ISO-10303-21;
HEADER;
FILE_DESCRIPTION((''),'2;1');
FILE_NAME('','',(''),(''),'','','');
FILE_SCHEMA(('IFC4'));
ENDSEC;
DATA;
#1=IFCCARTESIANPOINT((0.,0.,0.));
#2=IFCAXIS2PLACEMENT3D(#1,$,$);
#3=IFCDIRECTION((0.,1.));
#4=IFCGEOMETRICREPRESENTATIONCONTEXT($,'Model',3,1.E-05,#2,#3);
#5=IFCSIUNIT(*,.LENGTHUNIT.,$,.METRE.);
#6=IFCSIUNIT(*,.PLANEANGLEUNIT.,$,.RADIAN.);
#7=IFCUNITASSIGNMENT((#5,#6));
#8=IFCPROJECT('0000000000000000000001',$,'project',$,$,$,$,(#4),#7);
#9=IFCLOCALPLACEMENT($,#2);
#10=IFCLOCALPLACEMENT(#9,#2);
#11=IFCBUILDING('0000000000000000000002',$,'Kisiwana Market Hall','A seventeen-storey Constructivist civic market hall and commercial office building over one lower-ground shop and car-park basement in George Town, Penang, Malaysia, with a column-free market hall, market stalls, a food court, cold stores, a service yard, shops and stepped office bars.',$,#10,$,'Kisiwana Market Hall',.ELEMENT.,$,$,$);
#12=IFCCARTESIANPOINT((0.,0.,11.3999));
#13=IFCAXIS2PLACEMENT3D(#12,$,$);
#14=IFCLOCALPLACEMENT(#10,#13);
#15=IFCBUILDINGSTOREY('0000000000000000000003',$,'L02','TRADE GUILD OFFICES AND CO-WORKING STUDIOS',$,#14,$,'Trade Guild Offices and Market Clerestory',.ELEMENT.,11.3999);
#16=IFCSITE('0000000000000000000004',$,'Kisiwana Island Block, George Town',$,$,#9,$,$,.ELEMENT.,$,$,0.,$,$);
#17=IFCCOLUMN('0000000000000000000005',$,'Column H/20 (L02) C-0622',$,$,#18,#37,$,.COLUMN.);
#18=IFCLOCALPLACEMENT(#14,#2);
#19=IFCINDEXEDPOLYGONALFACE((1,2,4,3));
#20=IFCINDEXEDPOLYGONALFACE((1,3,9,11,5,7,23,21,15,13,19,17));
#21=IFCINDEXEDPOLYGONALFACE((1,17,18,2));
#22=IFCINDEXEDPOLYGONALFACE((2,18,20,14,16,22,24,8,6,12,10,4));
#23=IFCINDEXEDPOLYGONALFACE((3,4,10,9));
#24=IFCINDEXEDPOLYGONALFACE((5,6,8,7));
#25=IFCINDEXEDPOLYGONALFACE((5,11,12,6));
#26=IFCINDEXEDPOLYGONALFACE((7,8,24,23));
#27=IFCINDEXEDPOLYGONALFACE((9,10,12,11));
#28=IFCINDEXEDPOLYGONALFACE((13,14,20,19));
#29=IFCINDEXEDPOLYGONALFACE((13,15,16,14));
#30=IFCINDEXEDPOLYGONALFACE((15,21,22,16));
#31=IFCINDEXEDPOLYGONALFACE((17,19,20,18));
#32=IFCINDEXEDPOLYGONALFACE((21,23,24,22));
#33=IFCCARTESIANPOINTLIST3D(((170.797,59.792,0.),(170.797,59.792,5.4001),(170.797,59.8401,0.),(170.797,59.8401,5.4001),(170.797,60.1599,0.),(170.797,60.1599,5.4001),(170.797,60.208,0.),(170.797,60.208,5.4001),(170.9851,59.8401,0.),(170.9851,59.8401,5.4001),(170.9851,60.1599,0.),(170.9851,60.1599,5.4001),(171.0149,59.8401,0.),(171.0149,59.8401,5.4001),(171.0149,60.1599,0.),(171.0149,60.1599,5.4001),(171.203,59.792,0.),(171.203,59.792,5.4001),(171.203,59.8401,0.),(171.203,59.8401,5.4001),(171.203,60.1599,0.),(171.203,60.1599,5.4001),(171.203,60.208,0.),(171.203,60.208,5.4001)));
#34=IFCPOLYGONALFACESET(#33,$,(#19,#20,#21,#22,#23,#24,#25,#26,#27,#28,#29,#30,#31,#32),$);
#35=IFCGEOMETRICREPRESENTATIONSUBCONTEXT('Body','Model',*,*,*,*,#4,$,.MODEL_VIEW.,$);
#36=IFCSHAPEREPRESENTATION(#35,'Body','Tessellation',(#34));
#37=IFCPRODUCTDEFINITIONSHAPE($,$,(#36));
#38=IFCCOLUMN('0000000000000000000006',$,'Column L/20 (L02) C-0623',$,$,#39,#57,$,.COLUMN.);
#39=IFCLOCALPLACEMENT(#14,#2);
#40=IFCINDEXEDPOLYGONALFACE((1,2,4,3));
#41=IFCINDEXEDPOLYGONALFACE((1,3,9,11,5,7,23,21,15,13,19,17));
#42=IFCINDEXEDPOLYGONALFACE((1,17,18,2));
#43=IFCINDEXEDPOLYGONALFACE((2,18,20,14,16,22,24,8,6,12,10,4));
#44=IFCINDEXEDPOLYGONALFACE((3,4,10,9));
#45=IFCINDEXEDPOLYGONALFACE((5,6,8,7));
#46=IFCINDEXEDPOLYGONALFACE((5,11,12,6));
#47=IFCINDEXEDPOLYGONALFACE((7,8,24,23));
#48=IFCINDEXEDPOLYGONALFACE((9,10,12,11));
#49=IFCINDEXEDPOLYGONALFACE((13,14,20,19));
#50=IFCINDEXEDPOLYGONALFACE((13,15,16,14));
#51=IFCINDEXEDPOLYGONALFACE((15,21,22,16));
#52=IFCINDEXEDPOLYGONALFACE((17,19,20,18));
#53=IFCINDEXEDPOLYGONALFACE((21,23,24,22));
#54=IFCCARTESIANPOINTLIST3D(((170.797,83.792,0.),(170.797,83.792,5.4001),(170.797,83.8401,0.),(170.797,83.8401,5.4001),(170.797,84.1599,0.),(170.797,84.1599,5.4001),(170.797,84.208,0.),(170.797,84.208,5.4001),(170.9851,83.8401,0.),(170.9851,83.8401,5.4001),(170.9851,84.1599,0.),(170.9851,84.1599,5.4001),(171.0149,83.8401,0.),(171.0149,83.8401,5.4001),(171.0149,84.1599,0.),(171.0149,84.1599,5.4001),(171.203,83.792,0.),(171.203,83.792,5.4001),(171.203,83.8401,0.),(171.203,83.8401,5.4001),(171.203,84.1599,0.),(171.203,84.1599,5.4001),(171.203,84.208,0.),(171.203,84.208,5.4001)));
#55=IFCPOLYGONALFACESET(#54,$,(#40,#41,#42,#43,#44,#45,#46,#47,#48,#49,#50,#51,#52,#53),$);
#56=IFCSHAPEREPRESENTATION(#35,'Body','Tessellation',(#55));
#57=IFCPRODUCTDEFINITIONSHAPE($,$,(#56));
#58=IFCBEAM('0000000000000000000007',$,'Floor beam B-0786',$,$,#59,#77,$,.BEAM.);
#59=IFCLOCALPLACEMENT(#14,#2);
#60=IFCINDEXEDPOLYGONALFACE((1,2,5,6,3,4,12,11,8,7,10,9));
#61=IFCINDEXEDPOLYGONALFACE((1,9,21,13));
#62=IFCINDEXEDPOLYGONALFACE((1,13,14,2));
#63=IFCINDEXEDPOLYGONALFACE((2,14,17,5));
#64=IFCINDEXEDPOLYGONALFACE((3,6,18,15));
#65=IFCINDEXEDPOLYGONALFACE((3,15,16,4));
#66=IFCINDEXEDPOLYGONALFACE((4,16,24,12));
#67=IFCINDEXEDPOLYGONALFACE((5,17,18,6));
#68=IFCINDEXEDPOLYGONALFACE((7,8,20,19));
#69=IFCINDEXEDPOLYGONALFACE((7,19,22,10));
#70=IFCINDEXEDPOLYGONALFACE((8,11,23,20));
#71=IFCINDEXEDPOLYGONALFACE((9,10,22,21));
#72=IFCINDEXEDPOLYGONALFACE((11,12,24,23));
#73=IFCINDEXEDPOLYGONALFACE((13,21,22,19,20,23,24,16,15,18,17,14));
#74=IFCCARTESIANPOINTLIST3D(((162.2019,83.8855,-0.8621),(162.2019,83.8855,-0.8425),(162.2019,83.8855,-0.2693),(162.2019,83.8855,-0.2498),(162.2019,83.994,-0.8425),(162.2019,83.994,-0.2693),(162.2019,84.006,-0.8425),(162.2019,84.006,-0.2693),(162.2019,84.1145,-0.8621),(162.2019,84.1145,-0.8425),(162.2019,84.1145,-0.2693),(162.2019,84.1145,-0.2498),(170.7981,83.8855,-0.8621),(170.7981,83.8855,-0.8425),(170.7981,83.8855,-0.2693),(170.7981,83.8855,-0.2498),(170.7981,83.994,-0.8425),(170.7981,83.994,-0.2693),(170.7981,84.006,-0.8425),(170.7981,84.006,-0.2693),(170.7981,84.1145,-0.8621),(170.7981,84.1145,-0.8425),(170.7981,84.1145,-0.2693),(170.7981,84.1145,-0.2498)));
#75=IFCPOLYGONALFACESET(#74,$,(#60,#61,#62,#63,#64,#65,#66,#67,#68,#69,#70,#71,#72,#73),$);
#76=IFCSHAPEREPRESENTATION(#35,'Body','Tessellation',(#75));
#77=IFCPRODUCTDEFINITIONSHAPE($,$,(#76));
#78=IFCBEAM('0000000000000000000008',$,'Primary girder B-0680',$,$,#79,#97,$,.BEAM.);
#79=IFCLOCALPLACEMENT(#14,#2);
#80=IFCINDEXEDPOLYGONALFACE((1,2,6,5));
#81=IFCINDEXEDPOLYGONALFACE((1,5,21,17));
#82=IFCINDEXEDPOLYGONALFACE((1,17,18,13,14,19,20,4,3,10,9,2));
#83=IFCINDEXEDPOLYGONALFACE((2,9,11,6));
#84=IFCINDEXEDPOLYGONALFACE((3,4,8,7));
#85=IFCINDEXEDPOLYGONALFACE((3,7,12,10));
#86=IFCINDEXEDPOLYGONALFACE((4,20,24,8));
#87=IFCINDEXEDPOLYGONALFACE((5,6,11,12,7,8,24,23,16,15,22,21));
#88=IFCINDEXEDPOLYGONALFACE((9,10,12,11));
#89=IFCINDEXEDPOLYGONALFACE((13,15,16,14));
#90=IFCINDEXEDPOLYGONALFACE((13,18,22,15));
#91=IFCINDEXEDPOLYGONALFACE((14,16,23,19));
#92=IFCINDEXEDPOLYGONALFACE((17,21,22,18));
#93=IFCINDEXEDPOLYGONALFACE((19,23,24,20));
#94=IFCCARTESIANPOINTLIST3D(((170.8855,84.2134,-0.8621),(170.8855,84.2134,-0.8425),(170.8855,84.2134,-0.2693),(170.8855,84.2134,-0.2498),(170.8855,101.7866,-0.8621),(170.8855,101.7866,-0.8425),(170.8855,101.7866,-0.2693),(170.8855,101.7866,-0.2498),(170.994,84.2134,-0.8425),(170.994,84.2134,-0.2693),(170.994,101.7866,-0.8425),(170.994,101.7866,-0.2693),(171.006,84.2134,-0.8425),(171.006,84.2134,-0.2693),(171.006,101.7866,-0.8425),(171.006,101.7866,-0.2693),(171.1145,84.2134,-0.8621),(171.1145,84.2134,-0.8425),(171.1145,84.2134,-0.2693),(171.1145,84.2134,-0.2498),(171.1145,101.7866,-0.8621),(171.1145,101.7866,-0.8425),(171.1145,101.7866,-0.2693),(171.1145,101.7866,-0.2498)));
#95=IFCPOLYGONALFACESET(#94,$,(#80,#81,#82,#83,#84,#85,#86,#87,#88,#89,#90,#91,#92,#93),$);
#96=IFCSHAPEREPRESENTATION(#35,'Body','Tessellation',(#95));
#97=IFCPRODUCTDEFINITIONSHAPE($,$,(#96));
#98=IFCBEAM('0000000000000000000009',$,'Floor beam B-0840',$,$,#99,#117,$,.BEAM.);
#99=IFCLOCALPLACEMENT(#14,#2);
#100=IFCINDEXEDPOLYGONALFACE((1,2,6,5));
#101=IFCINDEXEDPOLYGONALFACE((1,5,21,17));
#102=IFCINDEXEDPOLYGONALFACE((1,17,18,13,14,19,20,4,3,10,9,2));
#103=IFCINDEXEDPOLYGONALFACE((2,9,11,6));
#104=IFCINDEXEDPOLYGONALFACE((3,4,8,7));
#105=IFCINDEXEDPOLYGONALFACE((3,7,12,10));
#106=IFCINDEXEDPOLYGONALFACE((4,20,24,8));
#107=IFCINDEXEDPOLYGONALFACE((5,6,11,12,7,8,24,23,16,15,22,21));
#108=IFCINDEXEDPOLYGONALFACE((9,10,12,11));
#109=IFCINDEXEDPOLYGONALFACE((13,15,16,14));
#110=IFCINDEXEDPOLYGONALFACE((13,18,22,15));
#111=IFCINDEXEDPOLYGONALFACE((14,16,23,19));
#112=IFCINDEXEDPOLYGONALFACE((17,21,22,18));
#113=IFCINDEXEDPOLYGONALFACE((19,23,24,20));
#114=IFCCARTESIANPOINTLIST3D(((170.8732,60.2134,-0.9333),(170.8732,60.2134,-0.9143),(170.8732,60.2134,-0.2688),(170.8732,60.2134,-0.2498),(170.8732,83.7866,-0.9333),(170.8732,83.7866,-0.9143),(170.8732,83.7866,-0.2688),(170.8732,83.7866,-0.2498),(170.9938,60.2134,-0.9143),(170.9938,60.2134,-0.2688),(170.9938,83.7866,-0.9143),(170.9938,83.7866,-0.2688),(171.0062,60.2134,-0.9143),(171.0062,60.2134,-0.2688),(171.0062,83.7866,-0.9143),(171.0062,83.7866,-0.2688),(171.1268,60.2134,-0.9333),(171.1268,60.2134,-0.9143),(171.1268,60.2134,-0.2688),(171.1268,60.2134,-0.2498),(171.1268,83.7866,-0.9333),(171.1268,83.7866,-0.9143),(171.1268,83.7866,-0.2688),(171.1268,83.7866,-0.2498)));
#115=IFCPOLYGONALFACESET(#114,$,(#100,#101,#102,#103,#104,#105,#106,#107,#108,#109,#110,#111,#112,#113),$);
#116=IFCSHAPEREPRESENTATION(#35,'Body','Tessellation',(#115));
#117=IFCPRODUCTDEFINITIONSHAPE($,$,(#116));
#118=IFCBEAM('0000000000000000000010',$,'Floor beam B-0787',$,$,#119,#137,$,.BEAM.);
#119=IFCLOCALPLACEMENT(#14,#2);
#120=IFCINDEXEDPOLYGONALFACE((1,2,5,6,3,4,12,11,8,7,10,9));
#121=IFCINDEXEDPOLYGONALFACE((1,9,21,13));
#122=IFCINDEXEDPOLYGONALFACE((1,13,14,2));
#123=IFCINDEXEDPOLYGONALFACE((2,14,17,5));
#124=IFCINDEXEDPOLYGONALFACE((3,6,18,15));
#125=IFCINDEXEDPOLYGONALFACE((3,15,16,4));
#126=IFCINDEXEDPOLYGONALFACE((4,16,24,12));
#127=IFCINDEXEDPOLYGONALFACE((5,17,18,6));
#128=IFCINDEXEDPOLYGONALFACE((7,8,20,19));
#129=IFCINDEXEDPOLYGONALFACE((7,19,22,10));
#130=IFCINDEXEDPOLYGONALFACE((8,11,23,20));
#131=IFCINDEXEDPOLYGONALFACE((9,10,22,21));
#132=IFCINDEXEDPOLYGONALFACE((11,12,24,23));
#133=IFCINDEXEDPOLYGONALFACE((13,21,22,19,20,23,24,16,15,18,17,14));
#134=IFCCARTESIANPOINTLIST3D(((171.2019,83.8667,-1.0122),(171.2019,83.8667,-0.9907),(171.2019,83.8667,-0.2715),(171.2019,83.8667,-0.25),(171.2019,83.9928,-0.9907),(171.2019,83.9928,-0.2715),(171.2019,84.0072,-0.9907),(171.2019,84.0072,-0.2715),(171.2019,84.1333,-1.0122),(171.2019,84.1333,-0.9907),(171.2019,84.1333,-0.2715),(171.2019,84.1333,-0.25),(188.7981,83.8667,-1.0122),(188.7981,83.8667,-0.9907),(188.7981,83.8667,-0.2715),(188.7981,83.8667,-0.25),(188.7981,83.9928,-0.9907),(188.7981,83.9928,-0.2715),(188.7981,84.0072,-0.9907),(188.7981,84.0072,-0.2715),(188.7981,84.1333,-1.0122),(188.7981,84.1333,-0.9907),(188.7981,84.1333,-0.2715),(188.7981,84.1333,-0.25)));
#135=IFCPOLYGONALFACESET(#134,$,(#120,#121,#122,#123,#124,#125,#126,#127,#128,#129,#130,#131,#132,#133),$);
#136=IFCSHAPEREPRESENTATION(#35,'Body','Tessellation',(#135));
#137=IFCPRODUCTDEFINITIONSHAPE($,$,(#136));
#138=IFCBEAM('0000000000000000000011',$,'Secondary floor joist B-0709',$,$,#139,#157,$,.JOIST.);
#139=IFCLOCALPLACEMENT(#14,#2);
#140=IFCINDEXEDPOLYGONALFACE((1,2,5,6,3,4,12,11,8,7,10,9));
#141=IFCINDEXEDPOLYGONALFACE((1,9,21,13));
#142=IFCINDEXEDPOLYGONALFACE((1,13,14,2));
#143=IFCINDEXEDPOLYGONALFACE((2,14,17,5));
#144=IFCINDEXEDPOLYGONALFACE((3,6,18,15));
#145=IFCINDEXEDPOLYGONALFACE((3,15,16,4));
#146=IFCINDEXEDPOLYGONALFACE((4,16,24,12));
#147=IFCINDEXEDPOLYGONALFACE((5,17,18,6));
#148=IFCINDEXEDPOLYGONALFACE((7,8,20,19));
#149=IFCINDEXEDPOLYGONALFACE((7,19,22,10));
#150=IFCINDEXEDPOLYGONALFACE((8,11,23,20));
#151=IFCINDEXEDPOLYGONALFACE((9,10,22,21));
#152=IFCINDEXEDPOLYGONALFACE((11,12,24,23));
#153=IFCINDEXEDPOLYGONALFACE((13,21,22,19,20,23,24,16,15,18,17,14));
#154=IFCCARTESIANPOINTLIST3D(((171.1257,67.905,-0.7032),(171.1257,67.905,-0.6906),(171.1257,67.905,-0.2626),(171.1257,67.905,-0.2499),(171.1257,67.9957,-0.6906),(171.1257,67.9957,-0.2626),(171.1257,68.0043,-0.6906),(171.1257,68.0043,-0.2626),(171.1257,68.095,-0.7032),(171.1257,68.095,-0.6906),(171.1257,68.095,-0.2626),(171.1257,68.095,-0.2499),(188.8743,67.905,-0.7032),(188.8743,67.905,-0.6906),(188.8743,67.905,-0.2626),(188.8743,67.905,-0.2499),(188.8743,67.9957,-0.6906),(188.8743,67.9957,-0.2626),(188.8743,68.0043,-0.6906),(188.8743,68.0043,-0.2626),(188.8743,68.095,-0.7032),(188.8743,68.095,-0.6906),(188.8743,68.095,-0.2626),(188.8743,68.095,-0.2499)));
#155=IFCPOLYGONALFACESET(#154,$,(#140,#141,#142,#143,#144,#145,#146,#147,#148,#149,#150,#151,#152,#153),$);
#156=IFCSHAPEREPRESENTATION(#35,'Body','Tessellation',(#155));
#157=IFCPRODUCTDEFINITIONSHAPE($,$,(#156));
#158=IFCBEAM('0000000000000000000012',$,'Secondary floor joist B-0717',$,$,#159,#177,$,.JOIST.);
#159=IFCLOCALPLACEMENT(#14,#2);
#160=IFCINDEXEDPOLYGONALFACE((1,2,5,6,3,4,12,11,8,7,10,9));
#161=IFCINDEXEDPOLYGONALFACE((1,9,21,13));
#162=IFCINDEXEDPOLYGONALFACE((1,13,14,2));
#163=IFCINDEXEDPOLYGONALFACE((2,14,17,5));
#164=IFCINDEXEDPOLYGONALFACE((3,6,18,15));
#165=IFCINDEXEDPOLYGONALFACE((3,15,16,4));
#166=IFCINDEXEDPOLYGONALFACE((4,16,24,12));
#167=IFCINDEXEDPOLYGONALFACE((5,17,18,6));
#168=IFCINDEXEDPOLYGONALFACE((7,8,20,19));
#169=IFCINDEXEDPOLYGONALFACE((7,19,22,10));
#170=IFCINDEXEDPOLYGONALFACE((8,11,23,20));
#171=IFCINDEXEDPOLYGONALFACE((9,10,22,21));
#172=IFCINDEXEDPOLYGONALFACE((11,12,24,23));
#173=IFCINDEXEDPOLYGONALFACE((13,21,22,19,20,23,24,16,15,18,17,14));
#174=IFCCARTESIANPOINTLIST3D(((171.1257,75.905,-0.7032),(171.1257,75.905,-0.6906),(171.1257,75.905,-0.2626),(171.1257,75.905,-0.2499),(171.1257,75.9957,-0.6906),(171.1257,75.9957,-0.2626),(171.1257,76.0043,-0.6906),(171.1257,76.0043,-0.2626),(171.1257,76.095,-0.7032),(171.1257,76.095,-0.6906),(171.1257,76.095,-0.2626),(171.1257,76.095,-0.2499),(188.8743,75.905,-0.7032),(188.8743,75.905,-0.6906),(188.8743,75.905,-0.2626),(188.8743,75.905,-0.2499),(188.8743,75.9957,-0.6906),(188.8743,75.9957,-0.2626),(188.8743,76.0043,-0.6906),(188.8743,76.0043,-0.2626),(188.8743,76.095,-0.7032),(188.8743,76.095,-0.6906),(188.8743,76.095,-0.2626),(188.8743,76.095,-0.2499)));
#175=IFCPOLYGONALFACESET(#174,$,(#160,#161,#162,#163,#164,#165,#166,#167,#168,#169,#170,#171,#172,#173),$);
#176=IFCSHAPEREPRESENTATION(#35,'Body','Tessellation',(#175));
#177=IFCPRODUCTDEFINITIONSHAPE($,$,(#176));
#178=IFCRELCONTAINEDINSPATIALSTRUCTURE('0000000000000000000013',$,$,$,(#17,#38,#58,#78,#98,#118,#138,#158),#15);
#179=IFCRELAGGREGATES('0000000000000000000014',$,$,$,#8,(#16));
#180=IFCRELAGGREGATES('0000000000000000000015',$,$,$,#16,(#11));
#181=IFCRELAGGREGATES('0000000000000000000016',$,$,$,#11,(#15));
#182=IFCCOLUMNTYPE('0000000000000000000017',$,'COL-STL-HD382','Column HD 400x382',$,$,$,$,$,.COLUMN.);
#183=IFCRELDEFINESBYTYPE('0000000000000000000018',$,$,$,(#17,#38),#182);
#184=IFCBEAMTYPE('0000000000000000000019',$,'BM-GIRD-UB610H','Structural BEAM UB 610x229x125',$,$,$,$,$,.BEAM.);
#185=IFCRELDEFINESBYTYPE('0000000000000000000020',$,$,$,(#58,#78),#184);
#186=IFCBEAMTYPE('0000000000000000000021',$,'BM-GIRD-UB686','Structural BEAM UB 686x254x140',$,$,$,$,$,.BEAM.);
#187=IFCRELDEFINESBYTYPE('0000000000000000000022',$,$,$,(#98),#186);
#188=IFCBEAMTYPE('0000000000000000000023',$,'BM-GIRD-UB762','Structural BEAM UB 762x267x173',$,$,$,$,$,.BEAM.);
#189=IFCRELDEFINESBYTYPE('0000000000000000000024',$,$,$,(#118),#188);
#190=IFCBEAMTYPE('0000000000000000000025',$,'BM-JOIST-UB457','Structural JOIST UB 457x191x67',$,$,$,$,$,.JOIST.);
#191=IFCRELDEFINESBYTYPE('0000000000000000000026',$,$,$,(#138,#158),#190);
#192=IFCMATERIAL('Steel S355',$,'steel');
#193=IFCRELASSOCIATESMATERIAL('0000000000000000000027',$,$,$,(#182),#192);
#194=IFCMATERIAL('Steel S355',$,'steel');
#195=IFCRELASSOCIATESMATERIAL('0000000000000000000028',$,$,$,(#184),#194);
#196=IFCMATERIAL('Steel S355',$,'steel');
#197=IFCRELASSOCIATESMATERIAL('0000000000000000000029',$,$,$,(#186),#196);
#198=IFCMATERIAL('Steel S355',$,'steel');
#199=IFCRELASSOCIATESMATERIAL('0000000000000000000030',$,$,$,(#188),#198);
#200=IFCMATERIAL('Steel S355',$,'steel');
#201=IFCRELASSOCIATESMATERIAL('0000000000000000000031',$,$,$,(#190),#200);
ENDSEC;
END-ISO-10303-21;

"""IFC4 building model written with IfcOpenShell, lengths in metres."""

from ifc_helpers import new_model, si_unit, direction, frame, origin, origin_2d, place, context, subcontext, project, spatial, i_section, extrude, material, material_profile, profile_set, type_object, element, save


model = new_model("IFC4")

# Units and contexts
model_context = context("Model", 3, precision=1e-05, world=origin(), true_north=direction((0.0, 1.0)))
body_context = subcontext(model_context, "Body", "Model", "MODEL_VIEW")
ifc_project = project(units=[si_unit("LENGTHUNIT", "METRE"), si_unit("PLANEANGLEUNIT", "RADIAN")], contexts=[model_context])

# Site, building, storey
site_placement = place(None, origin())
site = spatial("IfcSite", under=ifc_project, at=site_placement, Name="Kisiwana Island Block, George Town", CompositionType="ELEMENT", RefElevation=0.0)
building_placement = place(site_placement, origin())
building = spatial("IfcBuilding", under=site, at=building_placement, Name="Kisiwana Market Hall", Description="A seventeen-storey Constructivist civic market hall and commercial office building over one lower-ground shop and car-park basement in George Town, Penang, Malaysia, with a column-free market hall, market stalls, a food court, cold stores, a service yard, shops and stepped office bars.", LongName="Kisiwana Market Hall", CompositionType="ELEMENT")
storey_placement = place(building_placement, frame((0.0, 0.0, 11.3999)))
storey = spatial("IfcBuildingStorey", under=building, at=storey_placement, Name="L02", Description="TRADE GUILD OFFICES AND CO-WORKING STUDIOS", LongName="Trade Guild Offices and Market Clerestory", CompositionType="ELEMENT", Elevation=11.3999)

# Columns
ifc_material_1 = material(Name="Steel S355", Category="steel")
ifc_material_profile_1 = material_profile(ifc_material_1, i_section(OverallWidth=0.406, OverallDepth=0.416, WebThickness=0.0298, FlangeThickness=0.0481, at=origin_2d()), Name="HD 400x382")
ifc_profile_set_1 = profile_set([ifc_material_profile_1], Name="Steel S355")
column_type = type_object("IfcColumnType", Name="COL-STL-HD382", Description="Column HD 400x382", PredefinedType="COLUMN", material=ifc_profile_set_1)
for number, where, z_axis, x_axis, name in (
    (1, (171.0, 60.0, 0.0), (0.0, 0.0, 1.0), (1.0, 0.0, 0.0), "Column H/20 (L02) C-0622"),
    (2, (171.0, 84.0, 0.0), (0.0, 0.0, 1.0), (1.0, 0.0, 0.0), "Column L/20 (L02) C-0623"),
):
    element("IfcColumn", number, at=place(storey_placement, frame(where, z_axis=z_axis, x_axis=x_axis)), inside=storey, type_object=column_type, Name=name, PredefinedType="COLUMN", context=body_context, shape_type="SweptSolid", body=[
        extrude(i_section(OverallWidth=0.406, OverallDepth=0.416, WebThickness=0.0298, FlangeThickness=0.0481, at=origin_2d()), origin(), (0.0, 0.0, 1.0), 5.4001),
    ])

# Beams
ifc_material_2 = material(Name="Steel S355", Category="steel")
ifc_material_profile_2 = material_profile(ifc_material_2, i_section(OverallWidth=0.229, OverallDepth=0.6123, WebThickness=0.012, FlangeThickness=0.0195, at=origin_2d()), Name="UB 610x229x125")
ifc_profile_set_2 = profile_set([ifc_material_profile_2], Name="Steel S355")
beam_type_1 = type_object("IfcBeamType", Name="BM-GIRD-UB610H", Description="Structural BEAM UB 610x229x125", PredefinedType="BEAM", material=ifc_profile_set_2)
beam_1_placement = place(storey_placement, frame((162.2019, 84.0, -0.5559), z_axis=(1.0, 0.0, 0.0), x_axis=(0.0, 1.0, 0.0)))
element("IfcBeam", 3, at=beam_1_placement, inside=storey, type_object=beam_type_1, Name="Floor beam B-0786", PredefinedType="BEAM", context=body_context, shape_type="SweptSolid", body=[
    extrude(i_section(OverallWidth=0.229, OverallDepth=0.6123, WebThickness=0.012, FlangeThickness=0.0195, at=origin_2d()), origin(), (0.0, 0.0, 1.0), 8.5962),
])
beam_2_placement = place(storey_placement, frame((171.0, 84.2134, -0.5559), z_axis=(0.0, 1.0, 0.0), x_axis=(-1.0, 0.0, 0.0)))
element("IfcBeam", 4, at=beam_2_placement, inside=storey, type_object=beam_type_1, Name="Primary girder B-0680", PredefinedType="BEAM", context=body_context, shape_type="SweptSolid", body=[
    extrude(i_section(OverallWidth=0.229, OverallDepth=0.6123, WebThickness=0.012, FlangeThickness=0.0195, at=origin_2d()), origin(), (0.0, 0.0, 1.0), 17.5732),
])
ifc_material_3 = material(Name="Steel S355", Category="steel")
ifc_material_profile_3 = material_profile(ifc_material_3, i_section(OverallWidth=0.2537, OverallDepth=0.6836, WebThickness=0.0125, FlangeThickness=0.019, at=origin_2d()), Name="UB 686x254x140")
ifc_profile_set_3 = profile_set([ifc_material_profile_3], Name="Steel S355")
beam_type_2 = type_object("IfcBeamType", Name="BM-GIRD-UB686", Description="Structural BEAM UB 686x254x140", PredefinedType="BEAM", material=ifc_profile_set_3)
beam_3_placement = place(storey_placement, frame((171.0, 60.2134, -0.5916), z_axis=(0.0, 1.0, 0.0), x_axis=(-1.0, 0.0, 0.0)))
element("IfcBeam", 5, at=beam_3_placement, inside=storey, type_object=beam_type_2, Name="Floor beam B-0840", PredefinedType="BEAM", context=body_context, shape_type="SweptSolid", body=[
    extrude(i_section(OverallWidth=0.2537, OverallDepth=0.6836, WebThickness=0.0125, FlangeThickness=0.019, at=origin_2d()), origin(), (0.0, 0.0, 1.0), 23.5732),
])
ifc_material_4 = material(Name="Steel S355", Category="steel")
ifc_material_profile_4 = material_profile(ifc_material_4, i_section(OverallWidth=0.2666, OverallDepth=0.7622, WebThickness=0.0144, FlangeThickness=0.0215, at=origin_2d()), Name="UB 762x267x173")
ifc_profile_set_4 = profile_set([ifc_material_profile_4], Name="Steel S355")
beam_type_3 = type_object("IfcBeamType", Name="BM-GIRD-UB762", Description="Structural BEAM UB 762x267x173", PredefinedType="BEAM", material=ifc_profile_set_4)
beam_4_placement = place(storey_placement, frame((171.2019, 84.0, -0.6311), z_axis=(1.0, 0.0, 0.0), x_axis=(0.0, 1.0, 0.0)))
element("IfcBeam", 6, at=beam_4_placement, inside=storey, type_object=beam_type_3, Name="Floor beam B-0787", PredefinedType="BEAM", context=body_context, shape_type="SweptSolid", body=[
    extrude(i_section(OverallWidth=0.2666, OverallDepth=0.7622, WebThickness=0.0144, FlangeThickness=0.0215, at=origin_2d()), origin(), (0.0, 0.0, 1.0), 17.5962),
])
ifc_material_5 = material(Name="Steel S355", Category="steel")
ifc_material_profile_5 = material_profile(ifc_material_5, i_section(OverallWidth=0.1899, OverallDepth=0.4534, WebThickness=0.0085, FlangeThickness=0.0127, at=origin_2d()), Name="UB 457x191x67")
ifc_profile_set_5 = profile_set([ifc_material_profile_5], Name="Steel S355")
beam_type_4 = type_object("IfcBeamType", Name="BM-JOIST-UB457", Description="Structural JOIST UB 457x191x67", PredefinedType="JOIST", material=ifc_profile_set_5)
for number, where, z_axis, x_axis, name in (
    (7, (171.1257, 68.0, -0.4766), (1.0, 0.0, 0.0), (0.0, 1.0, 0.0), "Secondary floor joist B-0709"),
    (8, (171.1257, 76.0, -0.4766), (1.0, 0.0, 0.0), (0.0, 1.0, 0.0), "Secondary floor joist B-0717"),
):
    element("IfcBeam", number, at=place(storey_placement, frame(where, z_axis=z_axis, x_axis=x_axis)), inside=storey, type_object=beam_type_4, Name=name, PredefinedType="JOIST", context=body_context, shape_type="SweptSolid", body=[
        extrude(i_section(OverallWidth=0.1899, OverallDepth=0.4534, WebThickness=0.0085, FlangeThickness=0.0127, at=origin_2d()), origin(), (0.0, 0.0, 1.0), 17.7485),
    ])

save(model, "model.ifc")
